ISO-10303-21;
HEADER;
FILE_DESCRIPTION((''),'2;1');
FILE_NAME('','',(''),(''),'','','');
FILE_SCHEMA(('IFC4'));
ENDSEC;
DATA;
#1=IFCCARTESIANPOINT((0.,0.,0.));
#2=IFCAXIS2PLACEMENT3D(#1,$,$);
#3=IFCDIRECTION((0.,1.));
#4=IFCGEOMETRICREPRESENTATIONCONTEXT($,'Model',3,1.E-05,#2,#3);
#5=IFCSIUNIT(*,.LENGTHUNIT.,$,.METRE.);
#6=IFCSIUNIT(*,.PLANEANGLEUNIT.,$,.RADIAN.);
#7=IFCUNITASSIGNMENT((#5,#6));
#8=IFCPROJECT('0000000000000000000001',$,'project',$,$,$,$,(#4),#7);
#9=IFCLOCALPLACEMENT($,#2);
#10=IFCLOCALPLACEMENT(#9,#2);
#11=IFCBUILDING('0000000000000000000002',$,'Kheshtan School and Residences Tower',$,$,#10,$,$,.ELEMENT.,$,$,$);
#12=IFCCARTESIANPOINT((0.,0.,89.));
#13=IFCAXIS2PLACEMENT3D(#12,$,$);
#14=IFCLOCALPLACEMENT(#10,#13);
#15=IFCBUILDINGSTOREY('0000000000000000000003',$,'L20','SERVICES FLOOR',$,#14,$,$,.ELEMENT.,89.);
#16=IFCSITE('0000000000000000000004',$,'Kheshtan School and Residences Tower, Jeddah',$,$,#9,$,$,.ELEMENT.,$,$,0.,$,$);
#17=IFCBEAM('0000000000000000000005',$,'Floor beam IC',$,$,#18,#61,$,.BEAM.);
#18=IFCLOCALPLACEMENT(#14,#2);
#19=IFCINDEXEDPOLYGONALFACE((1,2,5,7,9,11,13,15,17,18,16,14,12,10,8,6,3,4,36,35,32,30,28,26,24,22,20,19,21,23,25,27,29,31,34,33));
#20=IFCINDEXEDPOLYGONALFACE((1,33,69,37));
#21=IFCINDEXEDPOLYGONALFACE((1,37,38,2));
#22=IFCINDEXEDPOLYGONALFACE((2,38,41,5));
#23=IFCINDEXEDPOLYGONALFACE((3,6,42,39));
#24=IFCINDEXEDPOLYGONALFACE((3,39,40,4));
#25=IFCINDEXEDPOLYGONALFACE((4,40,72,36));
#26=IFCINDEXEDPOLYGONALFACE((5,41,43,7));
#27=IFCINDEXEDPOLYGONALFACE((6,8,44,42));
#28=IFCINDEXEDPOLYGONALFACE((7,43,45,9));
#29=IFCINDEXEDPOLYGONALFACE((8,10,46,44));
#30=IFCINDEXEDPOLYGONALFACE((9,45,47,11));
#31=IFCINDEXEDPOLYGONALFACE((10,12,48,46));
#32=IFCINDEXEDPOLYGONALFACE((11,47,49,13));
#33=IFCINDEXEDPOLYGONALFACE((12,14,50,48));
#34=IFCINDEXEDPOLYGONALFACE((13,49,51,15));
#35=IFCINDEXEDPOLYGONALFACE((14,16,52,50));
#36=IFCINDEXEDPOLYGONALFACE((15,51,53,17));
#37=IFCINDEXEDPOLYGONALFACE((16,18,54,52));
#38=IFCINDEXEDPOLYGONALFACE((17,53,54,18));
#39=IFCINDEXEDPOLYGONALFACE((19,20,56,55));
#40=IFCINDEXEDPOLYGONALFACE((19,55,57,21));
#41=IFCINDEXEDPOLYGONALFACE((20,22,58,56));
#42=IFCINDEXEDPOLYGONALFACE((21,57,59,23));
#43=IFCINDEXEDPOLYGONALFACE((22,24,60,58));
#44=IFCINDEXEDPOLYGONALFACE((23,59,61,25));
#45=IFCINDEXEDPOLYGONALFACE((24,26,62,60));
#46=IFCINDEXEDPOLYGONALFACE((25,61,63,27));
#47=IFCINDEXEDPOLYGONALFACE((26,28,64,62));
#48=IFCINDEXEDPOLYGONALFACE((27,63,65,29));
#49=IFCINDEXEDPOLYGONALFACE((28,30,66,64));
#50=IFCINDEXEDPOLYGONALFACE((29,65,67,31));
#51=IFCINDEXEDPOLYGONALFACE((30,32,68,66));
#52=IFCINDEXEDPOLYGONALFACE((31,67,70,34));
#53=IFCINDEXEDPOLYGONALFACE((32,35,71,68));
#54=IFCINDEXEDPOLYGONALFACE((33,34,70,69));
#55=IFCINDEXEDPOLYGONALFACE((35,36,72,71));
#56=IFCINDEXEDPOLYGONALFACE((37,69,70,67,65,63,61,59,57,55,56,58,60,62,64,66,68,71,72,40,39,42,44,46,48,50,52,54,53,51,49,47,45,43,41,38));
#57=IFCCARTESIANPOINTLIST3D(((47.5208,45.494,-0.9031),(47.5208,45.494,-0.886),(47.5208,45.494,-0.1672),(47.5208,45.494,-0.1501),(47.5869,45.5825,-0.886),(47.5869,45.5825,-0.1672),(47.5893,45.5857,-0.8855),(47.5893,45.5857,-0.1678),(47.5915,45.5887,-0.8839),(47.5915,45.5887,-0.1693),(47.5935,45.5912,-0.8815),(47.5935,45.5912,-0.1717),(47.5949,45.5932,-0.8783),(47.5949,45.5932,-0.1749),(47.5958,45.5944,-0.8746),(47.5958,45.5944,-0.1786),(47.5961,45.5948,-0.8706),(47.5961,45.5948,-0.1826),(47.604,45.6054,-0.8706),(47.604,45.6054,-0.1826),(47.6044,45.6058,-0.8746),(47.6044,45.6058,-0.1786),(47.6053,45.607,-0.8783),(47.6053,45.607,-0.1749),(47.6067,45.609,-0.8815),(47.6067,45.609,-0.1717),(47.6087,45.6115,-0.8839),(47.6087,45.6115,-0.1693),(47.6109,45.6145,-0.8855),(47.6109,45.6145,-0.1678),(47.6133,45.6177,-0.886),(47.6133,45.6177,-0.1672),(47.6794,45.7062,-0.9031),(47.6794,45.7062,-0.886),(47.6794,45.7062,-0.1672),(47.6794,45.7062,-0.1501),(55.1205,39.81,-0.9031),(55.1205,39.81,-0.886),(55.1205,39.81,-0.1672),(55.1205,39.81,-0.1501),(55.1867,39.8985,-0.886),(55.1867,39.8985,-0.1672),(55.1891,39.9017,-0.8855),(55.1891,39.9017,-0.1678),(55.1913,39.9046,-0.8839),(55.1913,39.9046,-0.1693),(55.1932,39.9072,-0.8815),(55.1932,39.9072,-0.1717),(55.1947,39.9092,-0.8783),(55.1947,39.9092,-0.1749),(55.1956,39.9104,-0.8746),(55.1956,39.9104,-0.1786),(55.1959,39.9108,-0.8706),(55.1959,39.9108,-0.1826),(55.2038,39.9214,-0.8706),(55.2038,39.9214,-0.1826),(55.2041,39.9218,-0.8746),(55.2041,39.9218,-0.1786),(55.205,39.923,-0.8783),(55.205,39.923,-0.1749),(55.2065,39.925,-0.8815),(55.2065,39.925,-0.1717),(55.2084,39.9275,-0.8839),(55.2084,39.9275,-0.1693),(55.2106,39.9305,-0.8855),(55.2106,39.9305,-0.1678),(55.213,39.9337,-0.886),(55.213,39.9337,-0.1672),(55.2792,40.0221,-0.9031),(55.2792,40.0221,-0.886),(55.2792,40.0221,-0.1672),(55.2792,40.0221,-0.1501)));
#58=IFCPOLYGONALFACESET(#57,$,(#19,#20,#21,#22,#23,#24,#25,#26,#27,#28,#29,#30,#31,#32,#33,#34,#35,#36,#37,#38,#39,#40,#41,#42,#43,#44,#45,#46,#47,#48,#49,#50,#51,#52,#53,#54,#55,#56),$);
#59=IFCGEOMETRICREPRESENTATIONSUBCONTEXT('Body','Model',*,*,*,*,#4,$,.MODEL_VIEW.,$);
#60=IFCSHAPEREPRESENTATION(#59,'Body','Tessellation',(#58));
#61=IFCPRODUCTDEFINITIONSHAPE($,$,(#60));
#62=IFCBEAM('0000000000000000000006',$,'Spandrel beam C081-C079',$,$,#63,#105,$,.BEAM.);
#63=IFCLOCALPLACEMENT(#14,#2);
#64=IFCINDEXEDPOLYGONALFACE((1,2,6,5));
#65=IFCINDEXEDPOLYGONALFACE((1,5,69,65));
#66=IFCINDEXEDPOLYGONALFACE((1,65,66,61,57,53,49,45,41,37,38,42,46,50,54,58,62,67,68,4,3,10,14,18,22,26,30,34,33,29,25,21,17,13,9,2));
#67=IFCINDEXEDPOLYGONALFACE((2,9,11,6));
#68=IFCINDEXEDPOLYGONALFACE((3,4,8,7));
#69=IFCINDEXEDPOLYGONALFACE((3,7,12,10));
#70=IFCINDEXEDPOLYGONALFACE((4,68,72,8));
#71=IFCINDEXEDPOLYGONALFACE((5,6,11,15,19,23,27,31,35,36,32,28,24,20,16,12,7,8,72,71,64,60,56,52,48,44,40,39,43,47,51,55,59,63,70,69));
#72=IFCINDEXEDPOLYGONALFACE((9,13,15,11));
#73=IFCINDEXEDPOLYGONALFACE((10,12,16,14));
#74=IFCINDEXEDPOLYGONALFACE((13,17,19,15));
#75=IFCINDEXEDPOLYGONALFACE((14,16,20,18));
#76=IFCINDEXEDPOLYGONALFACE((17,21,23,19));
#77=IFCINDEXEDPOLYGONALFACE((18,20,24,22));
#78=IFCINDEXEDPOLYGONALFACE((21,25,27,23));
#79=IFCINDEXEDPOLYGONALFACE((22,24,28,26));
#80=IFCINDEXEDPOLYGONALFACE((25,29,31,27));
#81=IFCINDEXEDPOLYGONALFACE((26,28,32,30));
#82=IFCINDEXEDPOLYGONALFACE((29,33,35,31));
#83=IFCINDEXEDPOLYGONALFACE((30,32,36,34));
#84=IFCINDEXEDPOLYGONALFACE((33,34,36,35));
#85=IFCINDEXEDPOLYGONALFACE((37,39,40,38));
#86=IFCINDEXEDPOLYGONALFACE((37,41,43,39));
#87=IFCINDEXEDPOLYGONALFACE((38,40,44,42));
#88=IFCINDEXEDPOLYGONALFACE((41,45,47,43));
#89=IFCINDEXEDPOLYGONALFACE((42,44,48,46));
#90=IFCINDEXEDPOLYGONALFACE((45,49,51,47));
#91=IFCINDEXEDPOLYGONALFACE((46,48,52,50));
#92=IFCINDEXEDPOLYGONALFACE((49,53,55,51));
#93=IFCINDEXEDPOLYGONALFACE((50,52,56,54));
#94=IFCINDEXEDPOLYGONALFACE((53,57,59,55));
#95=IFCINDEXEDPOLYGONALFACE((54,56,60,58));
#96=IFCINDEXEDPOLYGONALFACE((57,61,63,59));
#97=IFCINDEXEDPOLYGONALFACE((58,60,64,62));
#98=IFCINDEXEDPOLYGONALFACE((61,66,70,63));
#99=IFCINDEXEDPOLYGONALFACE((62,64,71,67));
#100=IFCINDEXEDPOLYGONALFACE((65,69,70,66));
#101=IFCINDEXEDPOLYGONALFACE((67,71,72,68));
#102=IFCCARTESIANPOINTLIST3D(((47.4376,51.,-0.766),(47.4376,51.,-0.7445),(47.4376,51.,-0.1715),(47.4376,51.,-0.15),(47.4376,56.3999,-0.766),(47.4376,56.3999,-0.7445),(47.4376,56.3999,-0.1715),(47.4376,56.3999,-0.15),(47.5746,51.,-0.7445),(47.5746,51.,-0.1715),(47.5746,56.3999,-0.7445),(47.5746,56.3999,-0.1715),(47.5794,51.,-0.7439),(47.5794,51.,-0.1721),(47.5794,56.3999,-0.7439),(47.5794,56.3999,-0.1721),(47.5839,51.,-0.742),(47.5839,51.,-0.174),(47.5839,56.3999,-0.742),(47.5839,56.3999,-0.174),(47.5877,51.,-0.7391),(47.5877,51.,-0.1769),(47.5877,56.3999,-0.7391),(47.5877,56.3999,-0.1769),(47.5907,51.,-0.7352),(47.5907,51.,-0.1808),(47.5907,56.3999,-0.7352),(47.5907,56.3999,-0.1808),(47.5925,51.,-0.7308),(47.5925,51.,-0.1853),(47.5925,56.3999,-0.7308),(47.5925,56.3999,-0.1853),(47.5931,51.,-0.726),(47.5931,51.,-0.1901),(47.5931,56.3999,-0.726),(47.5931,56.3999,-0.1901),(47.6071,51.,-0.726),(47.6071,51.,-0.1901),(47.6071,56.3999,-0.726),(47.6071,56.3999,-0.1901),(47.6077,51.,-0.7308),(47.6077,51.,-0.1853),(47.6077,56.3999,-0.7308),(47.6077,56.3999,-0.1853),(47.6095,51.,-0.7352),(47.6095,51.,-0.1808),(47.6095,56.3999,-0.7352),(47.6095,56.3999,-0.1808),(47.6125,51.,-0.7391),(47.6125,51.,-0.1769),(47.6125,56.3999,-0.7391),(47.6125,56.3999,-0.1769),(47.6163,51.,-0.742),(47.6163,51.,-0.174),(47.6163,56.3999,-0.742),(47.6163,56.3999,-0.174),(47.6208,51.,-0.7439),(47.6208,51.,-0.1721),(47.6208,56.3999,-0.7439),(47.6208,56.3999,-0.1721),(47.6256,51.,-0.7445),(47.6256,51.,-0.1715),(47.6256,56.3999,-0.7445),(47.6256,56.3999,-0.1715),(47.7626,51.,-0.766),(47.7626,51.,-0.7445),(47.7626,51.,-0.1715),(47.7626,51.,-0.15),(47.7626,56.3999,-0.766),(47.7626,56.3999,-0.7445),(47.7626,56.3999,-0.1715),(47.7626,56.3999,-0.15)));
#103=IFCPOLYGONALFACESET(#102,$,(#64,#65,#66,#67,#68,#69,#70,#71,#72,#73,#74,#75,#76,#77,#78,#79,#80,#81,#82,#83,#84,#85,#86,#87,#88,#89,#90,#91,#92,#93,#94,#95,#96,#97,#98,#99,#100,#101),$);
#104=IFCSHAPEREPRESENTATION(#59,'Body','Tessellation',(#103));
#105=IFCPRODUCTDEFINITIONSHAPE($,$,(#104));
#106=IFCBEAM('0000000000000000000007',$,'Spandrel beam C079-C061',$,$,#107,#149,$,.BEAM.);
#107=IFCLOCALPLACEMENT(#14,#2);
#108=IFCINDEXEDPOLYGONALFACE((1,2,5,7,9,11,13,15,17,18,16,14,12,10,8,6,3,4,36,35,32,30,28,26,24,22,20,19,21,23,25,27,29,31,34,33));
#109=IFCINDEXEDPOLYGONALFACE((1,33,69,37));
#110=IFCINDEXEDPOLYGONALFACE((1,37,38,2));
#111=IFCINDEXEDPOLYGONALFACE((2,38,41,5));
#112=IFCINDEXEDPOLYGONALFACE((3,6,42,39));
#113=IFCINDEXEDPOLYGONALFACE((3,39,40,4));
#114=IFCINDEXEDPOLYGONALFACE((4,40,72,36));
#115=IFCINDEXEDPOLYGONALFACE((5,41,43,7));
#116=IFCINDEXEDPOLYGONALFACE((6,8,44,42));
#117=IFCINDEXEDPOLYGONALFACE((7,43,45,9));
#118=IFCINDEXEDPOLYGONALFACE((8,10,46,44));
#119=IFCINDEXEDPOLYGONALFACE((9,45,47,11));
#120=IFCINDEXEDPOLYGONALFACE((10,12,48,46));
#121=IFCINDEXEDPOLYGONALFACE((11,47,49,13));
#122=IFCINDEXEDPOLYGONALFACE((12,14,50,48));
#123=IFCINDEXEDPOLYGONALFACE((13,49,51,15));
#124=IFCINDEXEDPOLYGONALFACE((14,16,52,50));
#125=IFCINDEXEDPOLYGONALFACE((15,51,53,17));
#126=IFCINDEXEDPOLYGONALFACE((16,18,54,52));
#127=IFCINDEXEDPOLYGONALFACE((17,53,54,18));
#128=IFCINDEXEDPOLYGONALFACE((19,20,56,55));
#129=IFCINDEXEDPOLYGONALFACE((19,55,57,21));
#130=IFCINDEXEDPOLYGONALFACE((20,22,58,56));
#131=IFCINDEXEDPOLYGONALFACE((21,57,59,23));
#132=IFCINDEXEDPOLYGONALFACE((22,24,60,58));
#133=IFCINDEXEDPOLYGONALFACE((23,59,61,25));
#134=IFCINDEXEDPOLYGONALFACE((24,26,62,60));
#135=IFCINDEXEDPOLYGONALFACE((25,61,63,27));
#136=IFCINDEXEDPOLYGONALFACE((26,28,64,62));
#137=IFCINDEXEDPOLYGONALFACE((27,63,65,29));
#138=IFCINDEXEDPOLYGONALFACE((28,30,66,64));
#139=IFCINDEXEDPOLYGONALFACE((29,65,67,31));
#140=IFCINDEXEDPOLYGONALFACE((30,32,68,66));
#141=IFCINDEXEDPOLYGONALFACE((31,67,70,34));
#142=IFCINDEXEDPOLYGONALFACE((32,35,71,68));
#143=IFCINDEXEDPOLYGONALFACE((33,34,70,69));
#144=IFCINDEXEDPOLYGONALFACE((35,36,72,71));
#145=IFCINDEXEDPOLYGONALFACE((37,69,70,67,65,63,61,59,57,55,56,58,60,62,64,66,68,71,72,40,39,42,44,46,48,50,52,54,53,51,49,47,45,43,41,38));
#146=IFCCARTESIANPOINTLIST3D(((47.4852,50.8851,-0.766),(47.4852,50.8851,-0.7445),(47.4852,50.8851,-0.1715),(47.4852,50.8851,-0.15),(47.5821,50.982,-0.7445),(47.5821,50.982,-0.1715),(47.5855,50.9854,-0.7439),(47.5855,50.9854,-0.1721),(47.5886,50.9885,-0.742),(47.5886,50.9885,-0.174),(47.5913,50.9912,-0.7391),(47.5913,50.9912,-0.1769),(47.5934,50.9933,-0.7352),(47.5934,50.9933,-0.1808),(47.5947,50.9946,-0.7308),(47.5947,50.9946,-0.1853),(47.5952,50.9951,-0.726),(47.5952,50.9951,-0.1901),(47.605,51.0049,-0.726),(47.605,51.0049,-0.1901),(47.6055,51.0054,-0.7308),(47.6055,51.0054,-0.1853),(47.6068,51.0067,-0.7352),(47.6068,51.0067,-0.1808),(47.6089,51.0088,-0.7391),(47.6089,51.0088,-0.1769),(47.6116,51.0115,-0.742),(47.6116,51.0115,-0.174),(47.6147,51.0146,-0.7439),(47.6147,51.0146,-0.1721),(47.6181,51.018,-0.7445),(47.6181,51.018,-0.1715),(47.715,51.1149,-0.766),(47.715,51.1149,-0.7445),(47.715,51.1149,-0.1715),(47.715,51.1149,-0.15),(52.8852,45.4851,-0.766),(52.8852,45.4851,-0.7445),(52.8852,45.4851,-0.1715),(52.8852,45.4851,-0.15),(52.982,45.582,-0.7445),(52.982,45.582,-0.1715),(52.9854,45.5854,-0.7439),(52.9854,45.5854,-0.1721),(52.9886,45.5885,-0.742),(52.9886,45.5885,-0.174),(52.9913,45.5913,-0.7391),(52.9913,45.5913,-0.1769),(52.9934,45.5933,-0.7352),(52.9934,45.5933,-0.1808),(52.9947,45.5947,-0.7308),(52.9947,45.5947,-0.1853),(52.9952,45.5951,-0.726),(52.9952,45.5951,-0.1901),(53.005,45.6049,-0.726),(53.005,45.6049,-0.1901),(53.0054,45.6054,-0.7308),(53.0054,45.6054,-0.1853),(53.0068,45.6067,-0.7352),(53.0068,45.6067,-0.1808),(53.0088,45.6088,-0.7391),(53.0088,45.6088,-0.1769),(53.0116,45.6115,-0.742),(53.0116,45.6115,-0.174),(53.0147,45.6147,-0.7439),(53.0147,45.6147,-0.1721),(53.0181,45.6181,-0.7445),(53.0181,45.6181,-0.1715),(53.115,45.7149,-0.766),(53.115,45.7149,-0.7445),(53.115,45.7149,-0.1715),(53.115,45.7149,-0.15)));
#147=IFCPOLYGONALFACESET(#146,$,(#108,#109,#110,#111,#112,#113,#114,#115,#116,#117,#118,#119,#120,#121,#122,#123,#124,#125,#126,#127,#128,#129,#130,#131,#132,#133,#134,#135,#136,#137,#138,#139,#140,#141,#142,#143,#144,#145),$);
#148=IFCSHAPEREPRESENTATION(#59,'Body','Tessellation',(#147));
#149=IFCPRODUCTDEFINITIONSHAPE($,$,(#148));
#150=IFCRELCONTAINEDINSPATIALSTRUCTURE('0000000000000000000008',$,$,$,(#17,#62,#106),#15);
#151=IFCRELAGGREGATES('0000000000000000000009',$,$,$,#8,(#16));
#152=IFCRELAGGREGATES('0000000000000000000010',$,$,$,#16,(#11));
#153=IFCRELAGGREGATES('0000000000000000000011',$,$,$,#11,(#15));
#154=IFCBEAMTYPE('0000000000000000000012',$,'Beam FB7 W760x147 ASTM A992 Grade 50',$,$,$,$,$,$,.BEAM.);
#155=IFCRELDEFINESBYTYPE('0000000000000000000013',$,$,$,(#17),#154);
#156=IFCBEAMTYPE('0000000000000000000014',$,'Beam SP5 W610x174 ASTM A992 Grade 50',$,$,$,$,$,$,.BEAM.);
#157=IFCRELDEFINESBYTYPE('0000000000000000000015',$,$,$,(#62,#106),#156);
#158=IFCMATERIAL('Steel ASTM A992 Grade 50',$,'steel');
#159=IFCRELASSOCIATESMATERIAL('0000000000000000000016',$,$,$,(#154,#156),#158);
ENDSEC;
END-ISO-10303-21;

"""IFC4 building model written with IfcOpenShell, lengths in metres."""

from ifc_helpers import new_model, si_unit, direction, frame, origin, origin_2d, place, context, subcontext, project, spatial, i_section, extrude, material, material_profile, profile_set, type_object, element, save


model = new_model("IFC4")

# Units and contexts
model_context = context("Model", 3, precision=1e-05, world=origin(), true_north=direction((0.0, 1.0)))
body_context = subcontext(model_context, "Body", "Model", "MODEL_VIEW")
ifc_project = project(units=[si_unit("LENGTHUNIT", "METRE"), si_unit("PLANEANGLEUNIT", "RADIAN")], contexts=[model_context])

# Site, building, storey
site_placement = place(None, origin())
site = spatial("IfcSite", under=ifc_project, at=site_placement, Name="Kheshtan School and Residences Tower, Jeddah", CompositionType="ELEMENT", RefElevation=0.0)
building_placement = place(site_placement, origin())
building = spatial("IfcBuilding", under=site, at=building_placement, Name="Kheshtan School and Residences Tower", CompositionType="ELEMENT")
storey_placement = place(building_placement, frame((0.0, 0.0, 89.0)))
storey = spatial("IfcBuildingStorey", under=building, at=storey_placement, Name="L20", Description="SERVICES FLOOR", CompositionType="ELEMENT", Elevation=89.0)

# Shared definitions
ifc_material_1 = material(Name="Steel ASTM A992 Grade 50", Category="steel")

# Beams
ifc_material_profile_1 = material_profile(ifc_material_1, i_section(OverallWidth=0.2649, OverallDepth=0.7529, WebThickness=0.0132, FlangeThickness=0.0171, FilletRadius=0.0154, at=origin_2d()), Name="W760x147")
ifc_profile_set_1 = profile_set([ifc_material_profile_1], Name="Steel ASTM A992 Grade 50")
beam_type_1 = type_object("IfcBeamType", Name="Beam FB7 W760x147 ASTM A992 Grade 50", PredefinedType="BEAM", material=ifc_profile_set_1)
beam_1_placement = place(storey_placement, frame((47.6001, 45.6001, -0.5266), z_axis=(0.800799, -0.598933, 0.0), x_axis=(0.598933, 0.800799, 0.0)))
element("IfcBeam", 1, at=beam_1_placement, inside=storey, type_object=beam_type_1, Name="Floor beam IC", PredefinedType="BEAM", context=body_context, shape_type="SweptSolid", body=[
    extrude(i_section(OverallWidth=0.2649, OverallDepth=0.7529, WebThickness=0.0132, FlangeThickness=0.0171, FilletRadius=0.0154, at=origin_2d()), origin(), (0.0, 0.0, 1.0), 9.4902),
])
ifc_material_profile_2 = material_profile(ifc_material_1, i_section(OverallWidth=0.325, OverallDepth=0.616, WebThickness=0.0139, FlangeThickness=0.0215, FilletRadius=0.0186, at=origin_2d()), Name="W610x174")
ifc_profile_set_2 = profile_set([ifc_material_profile_2], Name="Steel ASTM A992 Grade 50")
beam_type_2 = type_object("IfcBeamType", Name="Beam SP5 W610x174 ASTM A992 Grade 50", PredefinedType="BEAM", material=ifc_profile_set_2)
beam_2_placement = place(storey_placement, frame((47.6001, 56.3999, -0.458), z_axis=(0.0, -1.0, 0.0), x_axis=(1.0, 0.0, 0.0)))
element("IfcBeam", 2, at=beam_2_placement, inside=storey, type_object=beam_type_2, Name="Spandrel beam C081-C079", PredefinedType="BEAM", context=body_context, shape_type="SweptSolid", body=[
    extrude(i_section(OverallWidth=0.325, OverallDepth=0.616, WebThickness=0.0139, FlangeThickness=0.0215, FilletRadius=0.0186, at=origin_2d()), origin(), (0.0, 0.0, 1.0), 5.3999),
])
beam_3_placement = place(storey_placement, frame((47.6001, 51.0, -0.458), z_axis=(0.707107, -0.707107, 0.0), x_axis=(0.707107, 0.707107, 0.0)))
element("IfcBeam", 3, at=beam_3_placement, inside=storey, type_object=beam_type_2, Name="Spandrel beam C079-C061", PredefinedType="BEAM", context=body_context, shape_type="SweptSolid", body=[
    extrude(i_section(OverallWidth=0.325, OverallDepth=0.616, WebThickness=0.0139, FlangeThickness=0.0215, FilletRadius=0.0186, at=origin_2d()), origin(), (0.0, 0.0, 1.0), 7.6367),
])

save(model, "model.ifc")
